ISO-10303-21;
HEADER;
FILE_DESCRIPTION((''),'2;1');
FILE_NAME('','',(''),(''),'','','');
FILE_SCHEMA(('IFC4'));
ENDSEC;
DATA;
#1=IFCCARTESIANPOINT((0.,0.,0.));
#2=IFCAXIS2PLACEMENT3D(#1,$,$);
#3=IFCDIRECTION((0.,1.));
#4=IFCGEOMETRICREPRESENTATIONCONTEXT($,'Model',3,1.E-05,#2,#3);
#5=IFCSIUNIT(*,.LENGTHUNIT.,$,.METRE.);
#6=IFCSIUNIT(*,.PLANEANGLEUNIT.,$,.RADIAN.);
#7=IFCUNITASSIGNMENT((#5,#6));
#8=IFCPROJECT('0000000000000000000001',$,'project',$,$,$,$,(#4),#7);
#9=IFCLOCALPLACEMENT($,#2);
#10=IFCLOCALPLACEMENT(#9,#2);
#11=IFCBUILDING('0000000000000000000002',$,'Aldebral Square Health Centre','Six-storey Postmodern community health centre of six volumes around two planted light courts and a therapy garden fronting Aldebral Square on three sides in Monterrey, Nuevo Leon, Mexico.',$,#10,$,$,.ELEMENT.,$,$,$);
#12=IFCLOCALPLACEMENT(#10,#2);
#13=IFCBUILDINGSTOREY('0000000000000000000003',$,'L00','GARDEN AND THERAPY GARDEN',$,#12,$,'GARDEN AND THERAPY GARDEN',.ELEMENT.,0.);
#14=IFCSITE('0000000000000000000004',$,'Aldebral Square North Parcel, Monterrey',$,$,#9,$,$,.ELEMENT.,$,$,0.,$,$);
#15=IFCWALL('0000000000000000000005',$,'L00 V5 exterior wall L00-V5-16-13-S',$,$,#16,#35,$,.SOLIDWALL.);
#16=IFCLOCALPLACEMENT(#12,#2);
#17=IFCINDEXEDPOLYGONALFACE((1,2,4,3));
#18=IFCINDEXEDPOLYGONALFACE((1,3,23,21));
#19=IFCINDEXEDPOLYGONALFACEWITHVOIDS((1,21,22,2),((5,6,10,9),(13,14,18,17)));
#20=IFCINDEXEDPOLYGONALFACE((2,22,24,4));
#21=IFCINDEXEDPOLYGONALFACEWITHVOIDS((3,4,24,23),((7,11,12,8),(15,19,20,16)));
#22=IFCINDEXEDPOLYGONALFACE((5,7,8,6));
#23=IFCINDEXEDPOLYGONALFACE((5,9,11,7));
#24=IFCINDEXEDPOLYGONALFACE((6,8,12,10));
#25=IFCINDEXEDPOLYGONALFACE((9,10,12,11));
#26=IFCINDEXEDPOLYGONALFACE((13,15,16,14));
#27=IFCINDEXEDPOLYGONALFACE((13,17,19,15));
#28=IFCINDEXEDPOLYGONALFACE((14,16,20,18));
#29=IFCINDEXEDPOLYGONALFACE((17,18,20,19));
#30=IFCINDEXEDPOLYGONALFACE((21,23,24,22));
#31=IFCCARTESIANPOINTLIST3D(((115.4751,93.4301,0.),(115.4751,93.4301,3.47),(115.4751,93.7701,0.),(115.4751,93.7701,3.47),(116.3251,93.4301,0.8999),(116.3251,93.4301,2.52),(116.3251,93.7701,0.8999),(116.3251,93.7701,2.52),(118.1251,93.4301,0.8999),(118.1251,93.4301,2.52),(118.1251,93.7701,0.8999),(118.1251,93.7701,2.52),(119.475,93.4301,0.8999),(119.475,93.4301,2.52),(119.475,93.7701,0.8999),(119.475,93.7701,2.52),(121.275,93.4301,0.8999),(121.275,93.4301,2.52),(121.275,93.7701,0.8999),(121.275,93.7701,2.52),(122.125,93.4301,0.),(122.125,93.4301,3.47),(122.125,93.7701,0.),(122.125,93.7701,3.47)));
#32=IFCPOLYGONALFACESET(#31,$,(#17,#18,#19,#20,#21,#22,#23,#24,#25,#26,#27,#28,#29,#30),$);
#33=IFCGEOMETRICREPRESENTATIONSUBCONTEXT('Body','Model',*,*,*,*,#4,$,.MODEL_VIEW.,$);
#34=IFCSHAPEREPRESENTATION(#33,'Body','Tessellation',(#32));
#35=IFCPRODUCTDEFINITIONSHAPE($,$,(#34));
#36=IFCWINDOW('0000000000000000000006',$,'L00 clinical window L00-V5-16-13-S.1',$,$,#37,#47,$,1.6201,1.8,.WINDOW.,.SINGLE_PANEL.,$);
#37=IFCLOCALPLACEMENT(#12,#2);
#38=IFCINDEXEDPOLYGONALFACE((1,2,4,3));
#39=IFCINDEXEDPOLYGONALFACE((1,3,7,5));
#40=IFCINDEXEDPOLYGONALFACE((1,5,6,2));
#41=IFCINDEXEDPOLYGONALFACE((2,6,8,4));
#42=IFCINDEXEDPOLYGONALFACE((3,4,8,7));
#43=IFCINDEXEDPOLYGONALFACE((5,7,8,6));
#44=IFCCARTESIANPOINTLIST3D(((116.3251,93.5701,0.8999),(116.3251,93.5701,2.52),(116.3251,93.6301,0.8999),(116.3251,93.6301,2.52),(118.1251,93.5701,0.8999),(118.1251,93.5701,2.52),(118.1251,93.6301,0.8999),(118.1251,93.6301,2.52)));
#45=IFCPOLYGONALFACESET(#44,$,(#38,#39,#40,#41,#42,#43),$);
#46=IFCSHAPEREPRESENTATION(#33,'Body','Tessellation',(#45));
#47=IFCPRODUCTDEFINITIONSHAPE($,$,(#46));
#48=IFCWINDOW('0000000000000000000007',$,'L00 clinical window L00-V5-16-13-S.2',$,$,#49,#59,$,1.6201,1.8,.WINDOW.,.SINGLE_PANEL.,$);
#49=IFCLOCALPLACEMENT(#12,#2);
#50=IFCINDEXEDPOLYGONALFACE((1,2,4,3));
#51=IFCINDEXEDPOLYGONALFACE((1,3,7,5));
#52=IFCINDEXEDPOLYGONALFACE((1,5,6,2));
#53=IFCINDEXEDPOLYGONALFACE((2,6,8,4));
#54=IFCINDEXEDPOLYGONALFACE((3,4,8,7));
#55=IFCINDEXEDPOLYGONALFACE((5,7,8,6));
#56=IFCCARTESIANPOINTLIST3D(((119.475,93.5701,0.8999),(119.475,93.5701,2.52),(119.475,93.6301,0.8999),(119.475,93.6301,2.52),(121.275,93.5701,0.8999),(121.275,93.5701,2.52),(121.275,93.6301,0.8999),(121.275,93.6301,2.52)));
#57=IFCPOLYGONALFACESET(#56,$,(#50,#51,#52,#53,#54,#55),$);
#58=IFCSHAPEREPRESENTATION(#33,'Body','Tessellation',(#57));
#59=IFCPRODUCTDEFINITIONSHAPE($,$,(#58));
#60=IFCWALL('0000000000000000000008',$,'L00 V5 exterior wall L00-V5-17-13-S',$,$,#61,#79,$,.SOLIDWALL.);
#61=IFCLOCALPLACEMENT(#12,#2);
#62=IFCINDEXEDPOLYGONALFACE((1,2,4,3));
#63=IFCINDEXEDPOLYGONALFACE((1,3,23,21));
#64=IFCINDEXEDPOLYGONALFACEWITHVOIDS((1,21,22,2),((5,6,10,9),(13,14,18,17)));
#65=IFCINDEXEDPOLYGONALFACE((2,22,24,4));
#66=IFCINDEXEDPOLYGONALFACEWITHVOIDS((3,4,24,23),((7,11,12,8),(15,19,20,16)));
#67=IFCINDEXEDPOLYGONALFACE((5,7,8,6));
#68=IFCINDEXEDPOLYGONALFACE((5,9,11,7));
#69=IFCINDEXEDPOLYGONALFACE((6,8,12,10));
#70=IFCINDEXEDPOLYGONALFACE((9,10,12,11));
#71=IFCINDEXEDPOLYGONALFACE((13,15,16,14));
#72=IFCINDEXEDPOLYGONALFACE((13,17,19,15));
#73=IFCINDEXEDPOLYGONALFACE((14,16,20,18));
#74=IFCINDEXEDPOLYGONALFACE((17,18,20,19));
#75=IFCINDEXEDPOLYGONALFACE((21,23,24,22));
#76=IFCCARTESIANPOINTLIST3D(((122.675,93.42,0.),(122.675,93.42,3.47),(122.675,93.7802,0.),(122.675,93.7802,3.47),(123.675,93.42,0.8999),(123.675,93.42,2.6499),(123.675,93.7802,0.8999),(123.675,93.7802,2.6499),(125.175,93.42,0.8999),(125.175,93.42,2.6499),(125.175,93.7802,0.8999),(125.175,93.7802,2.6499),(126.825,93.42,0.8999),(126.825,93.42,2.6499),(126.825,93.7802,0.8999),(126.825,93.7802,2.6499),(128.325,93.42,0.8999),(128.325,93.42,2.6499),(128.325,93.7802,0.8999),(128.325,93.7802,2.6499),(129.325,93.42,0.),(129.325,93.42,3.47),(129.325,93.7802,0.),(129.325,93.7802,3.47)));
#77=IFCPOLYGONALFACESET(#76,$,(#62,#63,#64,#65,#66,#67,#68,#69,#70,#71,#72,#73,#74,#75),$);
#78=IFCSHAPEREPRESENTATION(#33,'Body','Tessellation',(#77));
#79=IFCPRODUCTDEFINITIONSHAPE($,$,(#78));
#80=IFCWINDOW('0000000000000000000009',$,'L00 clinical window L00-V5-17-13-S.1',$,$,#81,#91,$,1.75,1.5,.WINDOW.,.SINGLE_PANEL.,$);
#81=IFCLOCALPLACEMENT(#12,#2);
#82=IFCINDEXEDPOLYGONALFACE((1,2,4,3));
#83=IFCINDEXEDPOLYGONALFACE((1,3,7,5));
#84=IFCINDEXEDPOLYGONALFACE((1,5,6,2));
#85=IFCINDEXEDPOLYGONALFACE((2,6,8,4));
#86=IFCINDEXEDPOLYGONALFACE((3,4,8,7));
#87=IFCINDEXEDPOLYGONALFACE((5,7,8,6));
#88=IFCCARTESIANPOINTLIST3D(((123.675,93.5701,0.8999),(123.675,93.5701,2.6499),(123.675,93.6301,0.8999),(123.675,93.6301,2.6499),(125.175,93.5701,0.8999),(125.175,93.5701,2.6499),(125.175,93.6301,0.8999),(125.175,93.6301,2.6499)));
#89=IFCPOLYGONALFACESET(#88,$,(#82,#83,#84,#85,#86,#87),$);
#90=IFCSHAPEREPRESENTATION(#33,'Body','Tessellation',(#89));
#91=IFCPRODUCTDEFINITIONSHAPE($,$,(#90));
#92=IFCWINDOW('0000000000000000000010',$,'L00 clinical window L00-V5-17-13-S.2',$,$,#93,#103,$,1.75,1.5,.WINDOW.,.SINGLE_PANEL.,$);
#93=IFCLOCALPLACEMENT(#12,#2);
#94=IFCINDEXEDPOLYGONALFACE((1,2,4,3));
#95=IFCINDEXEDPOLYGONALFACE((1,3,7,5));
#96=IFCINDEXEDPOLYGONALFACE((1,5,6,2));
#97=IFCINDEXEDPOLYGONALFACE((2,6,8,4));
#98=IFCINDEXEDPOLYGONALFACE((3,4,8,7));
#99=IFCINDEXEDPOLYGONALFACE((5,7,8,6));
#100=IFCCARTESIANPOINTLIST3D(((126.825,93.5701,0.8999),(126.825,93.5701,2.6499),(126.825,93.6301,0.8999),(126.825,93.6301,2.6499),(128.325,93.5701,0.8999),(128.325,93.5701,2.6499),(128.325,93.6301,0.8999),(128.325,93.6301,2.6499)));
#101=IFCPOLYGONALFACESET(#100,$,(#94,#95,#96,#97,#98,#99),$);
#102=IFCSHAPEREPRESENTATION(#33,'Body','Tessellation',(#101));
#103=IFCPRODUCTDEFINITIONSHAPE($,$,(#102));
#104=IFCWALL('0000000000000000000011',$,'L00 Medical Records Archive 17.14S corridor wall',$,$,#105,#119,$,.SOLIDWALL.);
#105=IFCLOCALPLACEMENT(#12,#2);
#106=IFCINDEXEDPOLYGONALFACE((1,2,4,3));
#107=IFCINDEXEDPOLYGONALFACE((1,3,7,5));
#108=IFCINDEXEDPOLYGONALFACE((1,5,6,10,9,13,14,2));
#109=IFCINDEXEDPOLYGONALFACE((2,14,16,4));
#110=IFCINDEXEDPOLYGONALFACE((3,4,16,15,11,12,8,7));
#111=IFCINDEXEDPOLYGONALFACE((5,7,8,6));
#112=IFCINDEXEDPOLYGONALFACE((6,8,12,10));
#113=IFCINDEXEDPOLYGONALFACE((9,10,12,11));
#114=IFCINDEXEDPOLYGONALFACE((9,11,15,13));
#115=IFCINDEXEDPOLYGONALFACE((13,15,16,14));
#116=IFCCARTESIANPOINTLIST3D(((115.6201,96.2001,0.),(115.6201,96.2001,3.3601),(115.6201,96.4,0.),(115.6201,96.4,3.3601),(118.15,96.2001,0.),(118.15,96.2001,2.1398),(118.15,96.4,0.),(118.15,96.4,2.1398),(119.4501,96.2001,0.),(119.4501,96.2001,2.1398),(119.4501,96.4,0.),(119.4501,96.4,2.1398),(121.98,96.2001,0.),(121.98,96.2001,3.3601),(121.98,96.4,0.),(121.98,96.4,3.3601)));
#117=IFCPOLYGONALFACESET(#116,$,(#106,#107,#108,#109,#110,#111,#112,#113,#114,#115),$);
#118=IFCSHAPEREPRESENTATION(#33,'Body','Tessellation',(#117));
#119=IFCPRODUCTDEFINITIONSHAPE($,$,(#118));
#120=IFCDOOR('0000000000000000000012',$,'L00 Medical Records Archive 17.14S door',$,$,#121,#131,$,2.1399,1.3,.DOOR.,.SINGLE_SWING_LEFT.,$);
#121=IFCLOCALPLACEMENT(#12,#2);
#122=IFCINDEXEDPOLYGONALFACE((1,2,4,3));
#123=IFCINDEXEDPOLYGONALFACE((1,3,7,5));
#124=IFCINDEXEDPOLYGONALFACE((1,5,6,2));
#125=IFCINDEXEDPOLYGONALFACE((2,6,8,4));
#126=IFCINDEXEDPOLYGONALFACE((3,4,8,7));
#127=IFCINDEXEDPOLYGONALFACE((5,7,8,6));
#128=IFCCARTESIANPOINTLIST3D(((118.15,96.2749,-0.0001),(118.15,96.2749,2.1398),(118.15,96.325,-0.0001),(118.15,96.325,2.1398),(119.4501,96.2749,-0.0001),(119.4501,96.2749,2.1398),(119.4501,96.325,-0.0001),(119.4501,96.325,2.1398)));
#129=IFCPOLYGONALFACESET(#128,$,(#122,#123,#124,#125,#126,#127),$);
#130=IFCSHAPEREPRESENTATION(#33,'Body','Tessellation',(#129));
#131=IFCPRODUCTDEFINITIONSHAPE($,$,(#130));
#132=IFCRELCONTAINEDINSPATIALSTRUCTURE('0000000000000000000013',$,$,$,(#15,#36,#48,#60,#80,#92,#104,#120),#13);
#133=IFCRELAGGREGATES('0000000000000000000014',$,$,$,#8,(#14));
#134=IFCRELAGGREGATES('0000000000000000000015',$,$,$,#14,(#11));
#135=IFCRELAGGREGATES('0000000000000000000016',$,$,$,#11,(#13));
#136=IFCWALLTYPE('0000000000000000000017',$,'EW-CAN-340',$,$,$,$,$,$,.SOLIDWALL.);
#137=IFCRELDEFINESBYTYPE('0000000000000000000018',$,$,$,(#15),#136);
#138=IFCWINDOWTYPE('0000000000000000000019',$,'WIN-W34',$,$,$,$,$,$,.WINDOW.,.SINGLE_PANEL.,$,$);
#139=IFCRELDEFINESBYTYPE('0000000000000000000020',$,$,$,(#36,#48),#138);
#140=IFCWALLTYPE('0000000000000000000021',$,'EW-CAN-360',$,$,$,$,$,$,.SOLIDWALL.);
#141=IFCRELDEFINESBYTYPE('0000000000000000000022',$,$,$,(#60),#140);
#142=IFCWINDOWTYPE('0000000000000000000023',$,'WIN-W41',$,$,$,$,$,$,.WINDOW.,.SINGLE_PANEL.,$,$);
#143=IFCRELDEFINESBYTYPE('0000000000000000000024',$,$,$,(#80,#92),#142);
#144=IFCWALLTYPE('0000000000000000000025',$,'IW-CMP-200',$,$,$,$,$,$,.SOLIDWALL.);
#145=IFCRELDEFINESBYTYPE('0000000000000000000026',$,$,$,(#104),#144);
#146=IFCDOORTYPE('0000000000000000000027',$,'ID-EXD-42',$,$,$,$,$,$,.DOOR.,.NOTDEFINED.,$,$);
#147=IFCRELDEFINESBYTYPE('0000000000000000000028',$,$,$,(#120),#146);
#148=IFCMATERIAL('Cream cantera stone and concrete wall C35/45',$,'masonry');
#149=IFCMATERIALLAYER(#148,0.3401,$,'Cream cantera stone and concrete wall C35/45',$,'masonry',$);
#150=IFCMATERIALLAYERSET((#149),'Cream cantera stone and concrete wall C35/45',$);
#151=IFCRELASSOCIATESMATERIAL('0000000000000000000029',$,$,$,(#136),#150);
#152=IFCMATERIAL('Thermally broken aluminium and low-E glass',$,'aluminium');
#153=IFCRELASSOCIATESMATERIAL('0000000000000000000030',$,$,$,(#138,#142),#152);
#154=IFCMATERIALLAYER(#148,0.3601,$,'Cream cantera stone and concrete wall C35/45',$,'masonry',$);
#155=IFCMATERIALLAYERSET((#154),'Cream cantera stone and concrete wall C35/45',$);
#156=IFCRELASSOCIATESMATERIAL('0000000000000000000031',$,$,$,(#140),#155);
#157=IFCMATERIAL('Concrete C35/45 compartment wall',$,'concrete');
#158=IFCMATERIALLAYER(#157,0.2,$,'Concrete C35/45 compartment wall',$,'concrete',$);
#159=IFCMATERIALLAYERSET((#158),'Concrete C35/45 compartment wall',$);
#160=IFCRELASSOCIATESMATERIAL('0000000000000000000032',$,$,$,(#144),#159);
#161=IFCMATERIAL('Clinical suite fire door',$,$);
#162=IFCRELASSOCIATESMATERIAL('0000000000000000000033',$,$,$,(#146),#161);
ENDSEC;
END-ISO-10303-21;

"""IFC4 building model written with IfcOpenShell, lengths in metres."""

from ifc_helpers import new_model, si_unit, direction, frame, frame_2d, origin, place, context, subcontext, project, spatial, rectangle, extrude, material, layer, layer_set, type_object, element, fill, save


model = new_model("IFC4")

# Units and contexts
model_context = context("Model", 3, precision=1e-05, world=origin(), true_north=direction((0.0, 1.0)))
body_context = subcontext(model_context, "Body", "Model", "MODEL_VIEW")
ifc_project = project(units=[si_unit("LENGTHUNIT", "METRE"), si_unit("PLANEANGLEUNIT", "RADIAN")], contexts=[model_context])

# Site, building, storey
site_placement = place(None, origin())
site = spatial("IfcSite", under=ifc_project, at=site_placement, Name="Aldebral Square North Parcel, Monterrey", CompositionType="ELEMENT", RefElevation=0.0)
building_placement = place(site_placement, origin())
building = spatial("IfcBuilding", under=site, at=building_placement, Name="Aldebral Square Health Centre", Description="Six-storey Postmodern community health centre of six volumes around two planted light courts and a therapy garden fronting Aldebral Square on three sides in Monterrey, Nuevo Leon, Mexico.", CompositionType="ELEMENT")
storey_placement = place(building_placement, origin())
storey = spatial("IfcBuildingStorey", under=building, at=storey_placement, Name="L00", Description="GARDEN AND THERAPY GARDEN", LongName="GARDEN AND THERAPY GARDEN", CompositionType="ELEMENT", Elevation=0.0)

# Walls, openings, windows
ifc_material_1 = material(Name="Cream cantera stone and concrete wall C35/45", Category="masonry")
ifc_layer_1 = layer(ifc_material_1, 0.3401, Name="Cream cantera stone and concrete wall C35/45", Category="masonry")
ifc_layer_set_1 = layer_set([ifc_layer_1], Name="Cream cantera stone and concrete wall C35/45")
wall_type_1 = type_object("IfcWallType", Name="EW-CAN-340", PredefinedType="SOLIDWALL", material=ifc_layer_set_1)
wall_1_placement = place(storey_placement, frame((115.4751, 93.6001, 0.0), z_axis=(0.0, 0.0, 1.0), x_axis=(1.0, 0.0, 0.0)))
wall_1 = element("IfcWall", 1, at=wall_1_placement, inside=storey, type_object=wall_type_1, Name="L00 V5 exterior wall L00-V5-16-13-S", PredefinedType="SOLIDWALL", context=body_context, shape_type="SweptSolid", body=[
    extrude(rectangle(XDim=6.6499, YDim=0.3401, at=frame_2d((3.325, 0.0))), origin(), (0.0, 0.0, 1.0), 3.47),
])
opening_1_placement = place(wall_1_placement, frame((0.8501, 0.0, 0.8999)))
opening_1 = element("IfcOpeningElement", 2, at=opening_1_placement, cuts=wall_1, PredefinedType="OPENING", context=body_context, shape_type="SweptSolid", body=[
    extrude(rectangle(XDim=1.8, YDim=1.6201, at=frame_2d((0.8999, 0.8101))), frame((0.0, 0.1802, 0.0), z_axis=(0.0, -1.0, 0.0), x_axis=(1.0, 0.0, 0.0)), (0.0, 0.0, 1.0), 0.3601),
])
opening_2_placement = place(wall_1_placement, frame((4.0, 0.0, 0.8999)))
opening_2 = element("IfcOpeningElement", 3, at=opening_2_placement, cuts=wall_1, PredefinedType="OPENING", context=body_context, shape_type="SweptSolid", body=[
    extrude(rectangle(XDim=1.8, YDim=1.6201, at=frame_2d((0.8999, 0.8101))), frame((0.0, 0.1802, 0.0), z_axis=(0.0, -1.0, 0.0), x_axis=(1.0, 0.0, 0.0)), (0.0, 0.0, 1.0), 0.3601),
])
ifc_material_2 = material(Name="Thermally broken aluminium and low-E glass", Category="aluminium")
window_type_1 = type_object("IfcWindowType", Name="WIN-W34", PartitioningType="SINGLE_PANEL", PredefinedType="WINDOW", material=ifc_material_2)
window_1_placement = place(opening_1_placement, origin())
window_1 = element("IfcWindow", 4, at=window_1_placement, inside=storey, type_object=window_type_1, Name="L00 clinical window L00-V5-16-13-S.1", OverallHeight=1.6201, OverallWidth=1.8, PartitioningType="SINGLE_PANEL", PredefinedType="WINDOW", context=body_context, shape_type="SweptSolid", body=[
    extrude(rectangle(XDim=1.8, YDim=1.6201, at=frame_2d((0.8999, 0.8101))), frame((0.0, 0.03, 0.0), z_axis=(0.0, -1.0, 0.0), x_axis=(1.0, 0.0, 0.0)), (0.0, 0.0, 1.0), 0.0601),
])
fill(opening_1, window_1)
window_2_placement = place(opening_2_placement, origin())
window_2 = element("IfcWindow", 5, at=window_2_placement, inside=storey, type_object=window_type_1, Name="L00 clinical window L00-V5-16-13-S.2", OverallHeight=1.6201, OverallWidth=1.8, PartitioningType="SINGLE_PANEL", PredefinedType="WINDOW", context=body_context, shape_type="SweptSolid", body=[
    extrude(rectangle(XDim=1.8, YDim=1.6201, at=frame_2d((0.8999, 0.8101))), frame((0.0, 0.03, 0.0), z_axis=(0.0, -1.0, 0.0), x_axis=(1.0, 0.0, 0.0)), (0.0, 0.0, 1.0), 0.0601),
])
fill(opening_2, window_2)
ifc_layer_2 = layer(ifc_material_1, 0.3601, Name="Cream cantera stone and concrete wall C35/45", Category="masonry")
ifc_layer_set_2 = layer_set([ifc_layer_2], Name="Cream cantera stone and concrete wall C35/45")
wall_type_2 = type_object("IfcWallType", Name="EW-CAN-360", PredefinedType="SOLIDWALL", material=ifc_layer_set_2)
wall_2_placement = place(storey_placement, frame((122.675, 93.6001, 0.0), z_axis=(0.0, 0.0, 1.0), x_axis=(1.0, 0.0, 0.0)))
wall_2 = element("IfcWall", 6, at=wall_2_placement, inside=storey, type_object=wall_type_2, Name="L00 V5 exterior wall L00-V5-17-13-S", PredefinedType="SOLIDWALL", context=body_context, shape_type="SweptSolid", body=[
    extrude(rectangle(XDim=6.6499, YDim=0.3601, at=frame_2d((3.325, 0.0))), origin(), (0.0, 0.0, 1.0), 3.47),
])
opening_3_placement = place(wall_2_placement, frame((1.0, 0.0, 0.8999)))
opening_3 = element("IfcOpeningElement", 7, at=opening_3_placement, cuts=wall_2, PredefinedType="OPENING", context=body_context, shape_type="SweptSolid", body=[
    extrude(rectangle(XDim=1.5, YDim=1.75, at=frame_2d((0.75, 0.875))), frame((0.0, 0.1899, 0.0), z_axis=(0.0, -1.0, 0.0), x_axis=(1.0, 0.0, 0.0)), (0.0, 0.0, 1.0), 0.3801),
])
opening_4_placement = place(wall_2_placement, frame((4.1499, 0.0, 0.8999)))
opening_4 = element("IfcOpeningElement", 8, at=opening_4_placement, cuts=wall_2, PredefinedType="OPENING", context=body_context, shape_type="SweptSolid", body=[
    extrude(rectangle(XDim=1.5, YDim=1.75, at=frame_2d((0.75, 0.875))), frame((0.0, 0.1899, 0.0), z_axis=(0.0, -1.0, 0.0), x_axis=(1.0, 0.0, 0.0)), (0.0, 0.0, 1.0), 0.3801),
])
window_type_2 = type_object("IfcWindowType", Name="WIN-W41", PartitioningType="SINGLE_PANEL", PredefinedType="WINDOW", material=ifc_material_2)
window_3_placement = place(opening_3_placement, origin())
window_3 = element("IfcWindow", 9, at=window_3_placement, inside=storey, type_object=window_type_2, Name="L00 clinical window L00-V5-17-13-S.1", OverallHeight=1.75, OverallWidth=1.5, PartitioningType="SINGLE_PANEL", PredefinedType="WINDOW", context=body_context, shape_type="SweptSolid", body=[
    extrude(rectangle(XDim=1.5, YDim=1.75, at=frame_2d((0.75, 0.875))), frame((0.0, 0.03, 0.0), z_axis=(0.0, -1.0, 0.0), x_axis=(1.0, 0.0, 0.0)), (0.0, 0.0, 1.0), 0.0601),
])
fill(opening_3, window_3)
window_4_placement = place(opening_4_placement, origin())
window_4 = element("IfcWindow", 10, at=window_4_placement, inside=storey, type_object=window_type_2, Name="L00 clinical window L00-V5-17-13-S.2", OverallHeight=1.75, OverallWidth=1.5, PartitioningType="SINGLE_PANEL", PredefinedType="WINDOW", context=body_context, shape_type="SweptSolid", body=[
    extrude(rectangle(XDim=1.5, YDim=1.75, at=frame_2d((0.75, 0.875))), frame((0.0, 0.03, 0.0), z_axis=(0.0, -1.0, 0.0), x_axis=(1.0, 0.0, 0.0)), (0.0, 0.0, 1.0), 0.0601),
])
fill(opening_4, window_4)

# Wall, opening, door
ifc_material_3 = material(Name="Concrete C35/45 compartment wall", Category="concrete")
ifc_layer_3 = layer(ifc_material_3, 0.2, Name="Concrete C35/45 compartment wall", Category="concrete")
ifc_layer_set_3 = layer_set([ifc_layer_3], Name="Concrete C35/45 compartment wall")
wall_type_3 = type_object("IfcWallType", Name="IW-CMP-200", PredefinedType="SOLIDWALL", material=ifc_layer_set_3)
wall_3_placement = place(storey_placement, frame((115.6201, 96.3, 0.0), z_axis=(0.0, 0.0, 1.0), x_axis=(1.0, 0.0, 0.0)))
wall_3 = element("IfcWall", 11, at=wall_3_placement, inside=storey, type_object=wall_type_3, Name="L00 Medical Records Archive 17.14S corridor wall", PredefinedType="SOLIDWALL", context=body_context, shape_type="SweptSolid", body=[
    extrude(rectangle(XDim=6.3599, YDim=0.2, at=frame_2d((3.1799, 0.0))), origin(), (0.0, 0.0, 1.0), 3.3601),
])
opening_5_placement = place(wall_3_placement, frame((2.53, 0.0, 0.0)))
opening_5 = element("IfcOpeningElement", 12, at=opening_5_placement, cuts=wall_3, PredefinedType="OPENING", context=body_context, shape_type="SweptSolid", body=[
    extrude(rectangle(XDim=1.3, YDim=2.1399, at=frame_2d((0.6499, 1.0698))), frame((0.0, 0.1099, 0.0), z_axis=(0.0, -1.0, 0.0), x_axis=(1.0, 0.0, 0.0)), (0.0, 0.0, 1.0), 0.22),
])
ifc_material_4 = material(Name="Clinical suite fire door")
door_type_1 = type_object("IfcDoorType", Name="ID-EXD-42", OperationType="NOTDEFINED", PredefinedType="DOOR", material=ifc_material_4)
door_1_placement = place(opening_5_placement, origin())
door_1 = element("IfcDoor", 13, at=door_1_placement, inside=storey, type_object=door_type_1, Name="L00 Medical Records Archive 17.14S door", OperationType="SINGLE_SWING_LEFT", OverallHeight=2.1399, OverallWidth=1.3, PredefinedType="DOOR", context=body_context, shape_type="SweptSolid", body=[
    extrude(rectangle(XDim=1.3, YDim=2.1399, at=frame_2d((0.6499, 1.0698))), frame((0.0, 0.0249, 0.0), z_axis=(0.0, -1.0, 0.0), x_axis=(1.0, 0.0, 0.0)), (0.0, 0.0, 1.0), 0.05),
])
fill(opening_5, door_1)

save(model, "model.ifc")
